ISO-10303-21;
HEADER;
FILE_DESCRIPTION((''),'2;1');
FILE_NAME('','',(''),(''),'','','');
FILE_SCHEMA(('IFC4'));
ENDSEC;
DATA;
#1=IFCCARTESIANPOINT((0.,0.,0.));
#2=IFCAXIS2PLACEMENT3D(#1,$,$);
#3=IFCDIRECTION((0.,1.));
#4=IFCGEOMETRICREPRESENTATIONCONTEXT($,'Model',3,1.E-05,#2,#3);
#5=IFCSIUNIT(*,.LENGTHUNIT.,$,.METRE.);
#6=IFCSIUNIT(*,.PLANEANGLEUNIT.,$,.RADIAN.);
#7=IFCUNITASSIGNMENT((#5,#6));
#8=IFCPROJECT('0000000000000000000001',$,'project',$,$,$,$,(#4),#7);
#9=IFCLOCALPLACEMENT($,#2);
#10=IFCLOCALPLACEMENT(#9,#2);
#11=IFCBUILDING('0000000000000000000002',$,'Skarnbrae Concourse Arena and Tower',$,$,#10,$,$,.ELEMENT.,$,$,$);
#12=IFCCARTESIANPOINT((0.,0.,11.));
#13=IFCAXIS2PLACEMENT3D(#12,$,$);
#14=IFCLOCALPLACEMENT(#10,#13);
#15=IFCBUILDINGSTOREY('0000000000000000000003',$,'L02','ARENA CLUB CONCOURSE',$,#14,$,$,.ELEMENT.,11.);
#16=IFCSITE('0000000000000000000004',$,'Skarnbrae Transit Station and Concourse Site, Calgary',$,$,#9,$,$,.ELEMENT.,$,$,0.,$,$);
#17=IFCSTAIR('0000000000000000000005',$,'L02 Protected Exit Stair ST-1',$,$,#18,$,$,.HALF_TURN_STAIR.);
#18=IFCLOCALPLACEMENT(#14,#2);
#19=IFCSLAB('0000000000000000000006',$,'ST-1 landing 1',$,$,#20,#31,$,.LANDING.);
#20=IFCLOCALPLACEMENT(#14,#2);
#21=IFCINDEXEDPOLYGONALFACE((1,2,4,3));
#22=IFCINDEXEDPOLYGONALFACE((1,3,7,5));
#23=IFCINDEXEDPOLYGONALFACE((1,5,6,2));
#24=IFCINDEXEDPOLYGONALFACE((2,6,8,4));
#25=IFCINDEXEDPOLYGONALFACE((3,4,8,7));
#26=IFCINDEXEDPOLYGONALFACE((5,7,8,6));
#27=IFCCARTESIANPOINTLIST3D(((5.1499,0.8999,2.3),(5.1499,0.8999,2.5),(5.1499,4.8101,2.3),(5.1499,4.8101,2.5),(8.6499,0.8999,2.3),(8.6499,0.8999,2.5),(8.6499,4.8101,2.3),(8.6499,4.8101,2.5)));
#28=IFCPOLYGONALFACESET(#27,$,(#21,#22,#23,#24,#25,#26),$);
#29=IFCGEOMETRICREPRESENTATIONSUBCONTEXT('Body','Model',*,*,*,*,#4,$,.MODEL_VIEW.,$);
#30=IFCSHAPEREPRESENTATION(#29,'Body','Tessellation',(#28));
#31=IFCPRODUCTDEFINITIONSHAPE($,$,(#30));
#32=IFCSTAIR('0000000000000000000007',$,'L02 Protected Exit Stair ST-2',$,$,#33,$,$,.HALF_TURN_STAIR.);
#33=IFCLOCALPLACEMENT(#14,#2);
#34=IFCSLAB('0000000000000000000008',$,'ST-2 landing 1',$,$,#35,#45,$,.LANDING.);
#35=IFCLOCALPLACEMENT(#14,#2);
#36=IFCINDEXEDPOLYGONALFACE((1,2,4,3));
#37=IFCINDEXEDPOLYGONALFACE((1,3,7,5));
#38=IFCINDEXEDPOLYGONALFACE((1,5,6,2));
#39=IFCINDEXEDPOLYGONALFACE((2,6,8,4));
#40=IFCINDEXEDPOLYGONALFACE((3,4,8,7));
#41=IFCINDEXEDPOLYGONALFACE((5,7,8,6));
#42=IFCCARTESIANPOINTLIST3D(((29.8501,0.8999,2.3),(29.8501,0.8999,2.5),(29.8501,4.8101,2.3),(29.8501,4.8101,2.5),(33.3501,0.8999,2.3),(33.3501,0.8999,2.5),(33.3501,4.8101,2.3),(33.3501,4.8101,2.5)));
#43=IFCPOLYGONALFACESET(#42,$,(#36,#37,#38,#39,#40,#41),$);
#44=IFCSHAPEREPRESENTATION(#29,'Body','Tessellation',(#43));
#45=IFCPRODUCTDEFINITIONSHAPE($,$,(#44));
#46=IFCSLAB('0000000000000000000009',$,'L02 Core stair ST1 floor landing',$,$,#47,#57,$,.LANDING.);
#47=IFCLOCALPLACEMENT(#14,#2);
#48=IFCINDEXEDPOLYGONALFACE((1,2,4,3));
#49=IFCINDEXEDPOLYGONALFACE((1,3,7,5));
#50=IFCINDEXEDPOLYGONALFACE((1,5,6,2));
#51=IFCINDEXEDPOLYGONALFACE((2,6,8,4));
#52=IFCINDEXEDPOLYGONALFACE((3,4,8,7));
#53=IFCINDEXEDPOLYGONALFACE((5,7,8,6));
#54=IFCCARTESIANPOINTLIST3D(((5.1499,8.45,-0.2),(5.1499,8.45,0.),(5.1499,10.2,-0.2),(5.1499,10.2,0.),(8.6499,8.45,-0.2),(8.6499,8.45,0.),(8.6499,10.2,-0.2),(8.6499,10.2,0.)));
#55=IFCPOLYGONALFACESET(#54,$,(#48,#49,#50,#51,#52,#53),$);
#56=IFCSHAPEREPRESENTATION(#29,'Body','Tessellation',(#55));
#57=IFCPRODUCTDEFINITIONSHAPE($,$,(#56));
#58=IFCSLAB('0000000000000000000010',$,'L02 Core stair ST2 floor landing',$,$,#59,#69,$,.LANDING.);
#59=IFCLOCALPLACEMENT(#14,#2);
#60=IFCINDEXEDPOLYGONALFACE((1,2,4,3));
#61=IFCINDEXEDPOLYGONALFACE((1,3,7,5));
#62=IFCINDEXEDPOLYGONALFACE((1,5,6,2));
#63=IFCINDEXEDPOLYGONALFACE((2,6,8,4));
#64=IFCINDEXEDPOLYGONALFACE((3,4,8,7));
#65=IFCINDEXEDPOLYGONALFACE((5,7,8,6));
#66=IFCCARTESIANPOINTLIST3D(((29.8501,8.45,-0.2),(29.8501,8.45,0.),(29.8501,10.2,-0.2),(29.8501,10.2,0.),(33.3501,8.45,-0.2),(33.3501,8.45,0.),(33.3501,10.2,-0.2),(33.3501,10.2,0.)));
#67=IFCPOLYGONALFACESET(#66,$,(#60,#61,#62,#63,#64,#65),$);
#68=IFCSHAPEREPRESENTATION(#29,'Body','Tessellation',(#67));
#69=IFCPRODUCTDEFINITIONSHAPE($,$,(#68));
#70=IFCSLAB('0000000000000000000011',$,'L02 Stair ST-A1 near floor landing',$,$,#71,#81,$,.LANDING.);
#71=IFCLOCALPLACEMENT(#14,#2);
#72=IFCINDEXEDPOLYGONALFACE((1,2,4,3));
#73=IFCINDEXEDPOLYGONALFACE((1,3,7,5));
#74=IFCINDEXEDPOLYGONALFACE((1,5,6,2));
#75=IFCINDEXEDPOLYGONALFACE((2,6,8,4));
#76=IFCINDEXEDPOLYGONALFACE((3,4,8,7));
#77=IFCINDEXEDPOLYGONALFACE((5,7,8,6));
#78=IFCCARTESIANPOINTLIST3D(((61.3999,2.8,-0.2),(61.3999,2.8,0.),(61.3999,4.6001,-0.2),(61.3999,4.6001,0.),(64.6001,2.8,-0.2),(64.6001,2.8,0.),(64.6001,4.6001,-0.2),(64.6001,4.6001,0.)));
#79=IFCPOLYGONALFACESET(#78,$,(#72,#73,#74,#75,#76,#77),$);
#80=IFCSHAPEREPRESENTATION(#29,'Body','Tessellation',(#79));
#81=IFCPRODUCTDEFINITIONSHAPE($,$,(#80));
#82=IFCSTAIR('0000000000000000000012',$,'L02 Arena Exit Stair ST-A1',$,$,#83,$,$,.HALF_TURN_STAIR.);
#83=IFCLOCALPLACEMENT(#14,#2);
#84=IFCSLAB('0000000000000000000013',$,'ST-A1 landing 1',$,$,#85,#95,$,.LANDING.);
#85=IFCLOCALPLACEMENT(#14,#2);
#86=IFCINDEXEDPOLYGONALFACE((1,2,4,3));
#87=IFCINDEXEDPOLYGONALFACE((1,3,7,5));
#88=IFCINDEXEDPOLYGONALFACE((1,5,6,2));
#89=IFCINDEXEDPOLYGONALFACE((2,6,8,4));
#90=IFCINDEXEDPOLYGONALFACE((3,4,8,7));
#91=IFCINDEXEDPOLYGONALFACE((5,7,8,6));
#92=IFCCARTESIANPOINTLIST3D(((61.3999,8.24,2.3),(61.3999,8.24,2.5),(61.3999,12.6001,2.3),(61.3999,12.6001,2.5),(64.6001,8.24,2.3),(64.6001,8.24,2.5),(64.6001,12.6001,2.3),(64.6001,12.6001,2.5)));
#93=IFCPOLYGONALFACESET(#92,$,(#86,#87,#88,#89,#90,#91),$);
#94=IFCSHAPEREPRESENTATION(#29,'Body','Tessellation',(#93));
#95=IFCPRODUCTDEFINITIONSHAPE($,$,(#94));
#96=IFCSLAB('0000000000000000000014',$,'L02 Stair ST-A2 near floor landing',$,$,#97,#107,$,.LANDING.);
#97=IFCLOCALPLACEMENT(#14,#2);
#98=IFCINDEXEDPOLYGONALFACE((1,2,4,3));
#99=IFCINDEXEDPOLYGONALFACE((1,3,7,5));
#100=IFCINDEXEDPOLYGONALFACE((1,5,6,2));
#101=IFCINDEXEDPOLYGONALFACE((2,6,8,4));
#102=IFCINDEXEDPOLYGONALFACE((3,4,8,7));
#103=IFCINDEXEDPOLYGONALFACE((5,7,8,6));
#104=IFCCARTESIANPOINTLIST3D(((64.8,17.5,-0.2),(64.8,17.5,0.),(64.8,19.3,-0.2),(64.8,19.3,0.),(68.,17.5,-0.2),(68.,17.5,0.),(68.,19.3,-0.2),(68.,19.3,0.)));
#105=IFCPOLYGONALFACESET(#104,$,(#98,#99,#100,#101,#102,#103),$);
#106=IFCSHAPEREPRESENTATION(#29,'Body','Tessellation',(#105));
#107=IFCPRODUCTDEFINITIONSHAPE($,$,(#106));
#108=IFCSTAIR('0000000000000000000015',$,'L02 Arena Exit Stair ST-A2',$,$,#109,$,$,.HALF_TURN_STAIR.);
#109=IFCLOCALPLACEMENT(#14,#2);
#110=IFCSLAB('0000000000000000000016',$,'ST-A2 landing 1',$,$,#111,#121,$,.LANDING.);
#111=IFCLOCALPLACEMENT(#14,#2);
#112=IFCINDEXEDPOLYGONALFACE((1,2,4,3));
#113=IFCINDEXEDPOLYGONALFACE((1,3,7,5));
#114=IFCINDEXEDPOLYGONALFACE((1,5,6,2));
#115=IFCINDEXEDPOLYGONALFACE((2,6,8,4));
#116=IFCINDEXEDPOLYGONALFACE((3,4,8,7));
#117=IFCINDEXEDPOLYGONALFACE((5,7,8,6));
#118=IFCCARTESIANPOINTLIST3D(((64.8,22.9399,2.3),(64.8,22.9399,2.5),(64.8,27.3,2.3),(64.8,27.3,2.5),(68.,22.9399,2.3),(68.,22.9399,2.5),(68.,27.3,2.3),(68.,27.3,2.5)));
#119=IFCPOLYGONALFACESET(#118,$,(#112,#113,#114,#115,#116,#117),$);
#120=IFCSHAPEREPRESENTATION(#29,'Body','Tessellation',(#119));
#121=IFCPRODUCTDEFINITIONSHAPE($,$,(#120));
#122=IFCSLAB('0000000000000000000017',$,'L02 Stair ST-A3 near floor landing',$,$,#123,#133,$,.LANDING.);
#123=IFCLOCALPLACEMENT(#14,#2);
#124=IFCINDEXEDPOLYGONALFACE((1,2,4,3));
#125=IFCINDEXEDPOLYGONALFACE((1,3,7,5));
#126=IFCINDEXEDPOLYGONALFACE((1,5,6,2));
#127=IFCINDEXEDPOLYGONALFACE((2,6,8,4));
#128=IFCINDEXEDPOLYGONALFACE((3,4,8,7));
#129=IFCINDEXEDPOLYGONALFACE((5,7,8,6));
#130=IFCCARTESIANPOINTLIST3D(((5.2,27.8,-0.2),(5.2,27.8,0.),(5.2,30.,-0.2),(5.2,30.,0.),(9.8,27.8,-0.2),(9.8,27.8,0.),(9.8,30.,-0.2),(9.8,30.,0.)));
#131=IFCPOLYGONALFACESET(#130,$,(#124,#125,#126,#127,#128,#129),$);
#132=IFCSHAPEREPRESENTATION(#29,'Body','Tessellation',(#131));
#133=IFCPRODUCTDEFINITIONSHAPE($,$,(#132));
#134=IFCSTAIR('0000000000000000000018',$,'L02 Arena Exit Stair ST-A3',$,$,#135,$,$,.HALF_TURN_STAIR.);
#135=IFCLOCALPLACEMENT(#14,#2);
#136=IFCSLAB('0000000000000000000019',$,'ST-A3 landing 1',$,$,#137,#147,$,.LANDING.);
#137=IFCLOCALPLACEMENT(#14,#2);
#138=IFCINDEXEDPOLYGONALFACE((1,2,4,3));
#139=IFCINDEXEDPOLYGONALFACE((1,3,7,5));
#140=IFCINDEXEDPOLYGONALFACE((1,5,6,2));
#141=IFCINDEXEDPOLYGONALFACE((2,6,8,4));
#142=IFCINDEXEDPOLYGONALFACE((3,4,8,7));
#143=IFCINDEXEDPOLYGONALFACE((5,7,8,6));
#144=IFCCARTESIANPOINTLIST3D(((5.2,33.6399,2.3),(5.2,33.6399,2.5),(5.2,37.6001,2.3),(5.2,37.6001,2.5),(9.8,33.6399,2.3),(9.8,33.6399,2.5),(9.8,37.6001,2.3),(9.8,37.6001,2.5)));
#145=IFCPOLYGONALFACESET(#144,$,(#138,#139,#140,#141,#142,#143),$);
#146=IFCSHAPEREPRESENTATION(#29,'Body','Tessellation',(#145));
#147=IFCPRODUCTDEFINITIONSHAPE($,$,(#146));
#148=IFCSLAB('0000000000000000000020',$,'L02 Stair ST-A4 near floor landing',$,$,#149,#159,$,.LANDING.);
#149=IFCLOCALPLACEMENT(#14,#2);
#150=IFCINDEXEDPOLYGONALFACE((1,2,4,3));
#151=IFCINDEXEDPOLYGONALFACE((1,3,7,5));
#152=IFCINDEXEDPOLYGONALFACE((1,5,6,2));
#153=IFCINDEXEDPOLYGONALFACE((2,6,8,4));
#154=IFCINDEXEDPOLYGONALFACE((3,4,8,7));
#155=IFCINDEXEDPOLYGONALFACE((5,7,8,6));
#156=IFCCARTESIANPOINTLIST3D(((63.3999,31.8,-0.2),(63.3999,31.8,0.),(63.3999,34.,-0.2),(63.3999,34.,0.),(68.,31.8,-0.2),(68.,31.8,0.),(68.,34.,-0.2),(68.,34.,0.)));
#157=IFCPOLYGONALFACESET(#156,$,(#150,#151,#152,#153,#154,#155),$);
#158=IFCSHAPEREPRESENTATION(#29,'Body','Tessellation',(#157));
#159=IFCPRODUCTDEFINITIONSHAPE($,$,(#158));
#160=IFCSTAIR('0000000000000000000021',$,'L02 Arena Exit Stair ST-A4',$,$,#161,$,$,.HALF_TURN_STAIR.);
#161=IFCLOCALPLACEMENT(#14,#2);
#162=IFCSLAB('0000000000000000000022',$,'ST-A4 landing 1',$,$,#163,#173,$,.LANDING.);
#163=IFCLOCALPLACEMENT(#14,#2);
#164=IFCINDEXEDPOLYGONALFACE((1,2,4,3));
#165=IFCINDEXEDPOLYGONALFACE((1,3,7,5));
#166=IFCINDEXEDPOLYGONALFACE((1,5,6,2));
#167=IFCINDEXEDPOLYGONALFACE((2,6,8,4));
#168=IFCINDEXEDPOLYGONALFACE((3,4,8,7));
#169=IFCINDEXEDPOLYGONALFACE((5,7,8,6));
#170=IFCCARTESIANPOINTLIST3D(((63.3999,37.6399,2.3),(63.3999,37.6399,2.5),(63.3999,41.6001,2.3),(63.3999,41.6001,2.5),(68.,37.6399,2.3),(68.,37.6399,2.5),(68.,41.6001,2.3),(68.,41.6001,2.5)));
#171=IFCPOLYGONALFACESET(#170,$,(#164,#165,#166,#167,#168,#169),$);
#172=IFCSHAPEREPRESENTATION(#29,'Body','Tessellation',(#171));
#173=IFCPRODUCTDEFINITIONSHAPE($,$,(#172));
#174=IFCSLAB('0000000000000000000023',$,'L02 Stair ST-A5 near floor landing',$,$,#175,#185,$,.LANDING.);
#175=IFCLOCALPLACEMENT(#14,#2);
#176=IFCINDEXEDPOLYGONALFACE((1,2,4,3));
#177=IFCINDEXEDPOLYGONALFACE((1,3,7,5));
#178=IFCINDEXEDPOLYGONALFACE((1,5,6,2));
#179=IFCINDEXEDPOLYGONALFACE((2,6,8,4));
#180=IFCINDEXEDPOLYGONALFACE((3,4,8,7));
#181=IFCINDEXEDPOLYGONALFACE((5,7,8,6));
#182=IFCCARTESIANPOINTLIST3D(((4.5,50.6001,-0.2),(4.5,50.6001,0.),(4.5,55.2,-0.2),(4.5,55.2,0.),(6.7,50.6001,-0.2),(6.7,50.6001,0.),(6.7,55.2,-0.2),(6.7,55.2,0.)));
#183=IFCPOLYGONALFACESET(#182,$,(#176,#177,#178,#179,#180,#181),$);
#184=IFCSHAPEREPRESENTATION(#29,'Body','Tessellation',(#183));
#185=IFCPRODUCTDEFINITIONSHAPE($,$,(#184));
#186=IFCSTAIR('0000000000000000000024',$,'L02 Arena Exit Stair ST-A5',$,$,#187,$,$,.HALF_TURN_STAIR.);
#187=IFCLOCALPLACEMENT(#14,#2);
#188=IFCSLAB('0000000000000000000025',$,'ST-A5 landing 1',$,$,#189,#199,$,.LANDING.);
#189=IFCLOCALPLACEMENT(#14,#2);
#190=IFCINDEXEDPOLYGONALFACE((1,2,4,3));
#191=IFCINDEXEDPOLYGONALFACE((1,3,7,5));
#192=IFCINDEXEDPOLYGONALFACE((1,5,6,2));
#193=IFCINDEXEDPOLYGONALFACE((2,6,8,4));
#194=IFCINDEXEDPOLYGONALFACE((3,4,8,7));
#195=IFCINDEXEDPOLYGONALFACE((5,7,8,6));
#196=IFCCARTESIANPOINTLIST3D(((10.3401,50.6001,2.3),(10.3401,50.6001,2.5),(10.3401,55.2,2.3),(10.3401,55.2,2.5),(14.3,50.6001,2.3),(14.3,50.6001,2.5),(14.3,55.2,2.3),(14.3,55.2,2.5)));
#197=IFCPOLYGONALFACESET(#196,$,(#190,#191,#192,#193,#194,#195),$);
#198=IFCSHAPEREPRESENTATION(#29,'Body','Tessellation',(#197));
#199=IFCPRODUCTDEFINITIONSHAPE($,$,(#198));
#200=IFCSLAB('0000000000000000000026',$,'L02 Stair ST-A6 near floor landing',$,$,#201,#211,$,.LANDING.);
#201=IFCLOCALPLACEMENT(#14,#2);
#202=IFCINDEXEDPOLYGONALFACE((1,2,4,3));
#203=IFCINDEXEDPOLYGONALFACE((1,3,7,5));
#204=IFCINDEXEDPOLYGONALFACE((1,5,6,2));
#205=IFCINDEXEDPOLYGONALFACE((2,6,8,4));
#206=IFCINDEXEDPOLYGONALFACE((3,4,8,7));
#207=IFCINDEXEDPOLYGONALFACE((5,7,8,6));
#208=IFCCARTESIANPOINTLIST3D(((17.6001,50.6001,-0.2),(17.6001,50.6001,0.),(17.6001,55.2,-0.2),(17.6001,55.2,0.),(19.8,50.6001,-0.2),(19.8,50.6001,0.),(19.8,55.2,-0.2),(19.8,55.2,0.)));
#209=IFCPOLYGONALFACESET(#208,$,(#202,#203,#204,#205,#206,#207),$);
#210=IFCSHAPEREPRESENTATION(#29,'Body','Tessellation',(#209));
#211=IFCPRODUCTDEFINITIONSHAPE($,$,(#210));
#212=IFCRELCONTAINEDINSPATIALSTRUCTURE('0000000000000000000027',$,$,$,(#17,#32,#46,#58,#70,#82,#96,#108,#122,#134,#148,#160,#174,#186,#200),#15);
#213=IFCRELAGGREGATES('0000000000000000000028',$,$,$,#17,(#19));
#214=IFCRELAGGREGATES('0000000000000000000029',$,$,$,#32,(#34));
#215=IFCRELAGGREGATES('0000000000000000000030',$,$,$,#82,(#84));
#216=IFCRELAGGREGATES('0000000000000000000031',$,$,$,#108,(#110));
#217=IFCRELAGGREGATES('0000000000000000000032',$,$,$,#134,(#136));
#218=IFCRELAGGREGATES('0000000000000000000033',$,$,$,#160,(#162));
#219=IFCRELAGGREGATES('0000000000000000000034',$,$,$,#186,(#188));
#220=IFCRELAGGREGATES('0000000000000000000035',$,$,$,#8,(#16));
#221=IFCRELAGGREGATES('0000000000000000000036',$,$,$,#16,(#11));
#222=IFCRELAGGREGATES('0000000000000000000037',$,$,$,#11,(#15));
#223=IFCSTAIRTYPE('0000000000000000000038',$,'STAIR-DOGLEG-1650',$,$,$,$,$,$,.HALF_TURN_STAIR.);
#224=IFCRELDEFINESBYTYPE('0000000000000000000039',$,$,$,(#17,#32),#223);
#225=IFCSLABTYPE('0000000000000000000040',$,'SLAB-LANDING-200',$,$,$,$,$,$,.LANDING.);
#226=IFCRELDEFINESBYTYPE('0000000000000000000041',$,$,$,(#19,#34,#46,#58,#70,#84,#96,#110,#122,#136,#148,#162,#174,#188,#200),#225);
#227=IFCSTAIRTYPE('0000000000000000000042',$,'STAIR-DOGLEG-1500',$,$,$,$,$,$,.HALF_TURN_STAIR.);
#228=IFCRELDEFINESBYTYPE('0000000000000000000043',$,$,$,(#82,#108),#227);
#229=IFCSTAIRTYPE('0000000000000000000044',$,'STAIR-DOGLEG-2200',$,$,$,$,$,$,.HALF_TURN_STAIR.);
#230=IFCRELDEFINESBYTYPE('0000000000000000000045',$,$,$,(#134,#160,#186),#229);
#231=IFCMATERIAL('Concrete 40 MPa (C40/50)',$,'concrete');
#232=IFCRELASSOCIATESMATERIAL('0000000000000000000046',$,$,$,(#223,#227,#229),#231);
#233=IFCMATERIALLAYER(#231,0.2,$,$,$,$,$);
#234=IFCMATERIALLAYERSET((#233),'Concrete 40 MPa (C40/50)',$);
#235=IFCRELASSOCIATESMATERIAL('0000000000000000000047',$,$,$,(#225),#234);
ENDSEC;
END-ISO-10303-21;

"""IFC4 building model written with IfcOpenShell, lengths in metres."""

from ifc_helpers import new_model, si_unit, direction, frame, origin, place, context, subcontext, project, spatial, polyline, outline, extrude, material, layer, layer_set, type_object, element, aggregate, save


model = new_model("IFC4")

# Units and contexts
model_context = context("Model", 3, precision=1e-05, world=origin(), true_north=direction((0.0, 1.0)))
body_context = subcontext(model_context, "Body", "Model", "MODEL_VIEW")
ifc_project = project(units=[si_unit("LENGTHUNIT", "METRE"), si_unit("PLANEANGLEUNIT", "RADIAN")], contexts=[model_context])

# Site, building, storey
site_placement = place(None, origin())
site = spatial("IfcSite", under=ifc_project, at=site_placement, Name="Skarnbrae Transit Station and Concourse Site, Calgary", CompositionType="ELEMENT", RefElevation=0.0)
building_placement = place(site_placement, origin())
building = spatial("IfcBuilding", under=site, at=building_placement, Name="Skarnbrae Concourse Arena and Tower", CompositionType="ELEMENT")
storey_placement = place(building_placement, frame((0.0, 0.0, 11.0)))
storey = spatial("IfcBuildingStorey", under=building, at=storey_placement, Name="L02", Description="ARENA CLUB CONCOURSE", CompositionType="ELEMENT", Elevation=11.0)

# Stairs, slabs
ifc_material = material(Name="Concrete 40 MPa (C40/50)", Category="concrete")
stair_type_1 = type_object("IfcStairType", Name="STAIR-DOGLEG-1650", PredefinedType="HALF_TURN_STAIR", material=ifc_material)
stair_1_placement = place(storey_placement, origin())
stair_1 = element("IfcStair", 1, at=stair_1_placement, inside=storey, type_object=stair_type_1, Name="L02 Protected Exit Stair ST-1", PredefinedType="HALF_TURN_STAIR")
ifc_layer_1 = layer(ifc_material, 0.2)
ifc_layer_set_1 = layer_set([ifc_layer_1], Name="Concrete 40 MPa (C40/50)")
slab_type_1 = type_object("IfcSlabType", Name="SLAB-LANDING-200", PredefinedType="LANDING", material=ifc_layer_set_1)
slab_1_placement = place(storey_placement, frame((0.0, 0.0, 2.3)))
slab_1 = element("IfcSlab", 2, at=slab_1_placement, type_object=slab_type_1, Name="ST-1 landing 1", PredefinedType="LANDING", context=body_context, shape_type="SweptSolid", body=[
    extrude(outline(polyline([(5.1499, 4.8101), (5.1499, 0.8999), (8.6499, 0.8999), (8.6499, 4.8101), (5.1499, 4.8101)])), origin(), (0.0, 0.0, 1.0), 0.2),
])
aggregate(stair_1, [slab_1])
stair_2_placement = place(storey_placement, origin())
stair_2 = element("IfcStair", 3, at=stair_2_placement, inside=storey, type_object=stair_type_1, Name="L02 Protected Exit Stair ST-2", PredefinedType="HALF_TURN_STAIR")
slab_2_placement = place(storey_placement, frame((0.0, 0.0, 2.3)))
slab_2 = element("IfcSlab", 4, at=slab_2_placement, type_object=slab_type_1, Name="ST-2 landing 1", PredefinedType="LANDING", context=body_context, shape_type="SweptSolid", body=[
    extrude(outline(polyline([(29.8501, 4.8101), (29.8501, 0.8999), (33.3501, 0.8999), (33.3501, 4.8101), (29.8501, 4.8101)])), origin(), (0.0, 0.0, 1.0), 0.2),
])
aggregate(stair_2, [slab_2])

# Slabs
slab_3_placement = place(storey_placement, frame((0.0, 0.0, -0.2)))
element("IfcSlab", 5, at=slab_3_placement, inside=storey, type_object=slab_type_1, Name="L02 Core stair ST1 floor landing", PredefinedType="LANDING", context=body_context, shape_type="SweptSolid", body=[
    extrude(outline(polyline([(5.1499, 10.2), (5.1499, 8.45), (8.6499, 8.45), (8.6499, 10.2), (5.1499, 10.2)])), origin(), (0.0, 0.0, 1.0), 0.2),
])
slab_4_placement = place(storey_placement, frame((0.0, 0.0, -0.2)))
element("IfcSlab", 6, at=slab_4_placement, inside=storey, type_object=slab_type_1, Name="L02 Core stair ST2 floor landing", PredefinedType="LANDING", context=body_context, shape_type="SweptSolid", body=[
    extrude(outline(polyline([(29.8501, 10.2), (29.8501, 8.45), (33.3501, 8.45), (33.3501, 10.2), (29.8501, 10.2)])), origin(), (0.0, 0.0, 1.0), 0.2),
])
slab_5_placement = place(storey_placement, frame((0.0, 0.0, -0.2)))
element("IfcSlab", 7, at=slab_5_placement, inside=storey, type_object=slab_type_1, Name="L02 Stair ST-A1 near floor landing", PredefinedType="LANDING", context=body_context, shape_type="SweptSolid", body=[
    extrude(outline(polyline([(64.6001, 2.8), (64.6001, 4.6001), (61.3999, 4.6001), (61.3999, 2.8), (64.6001, 2.8)])), origin(), (0.0, 0.0, 1.0), 0.2),
])

# Stair, slab
stair_type_2 = type_object("IfcStairType", Name="STAIR-DOGLEG-1500", PredefinedType="HALF_TURN_STAIR", material=ifc_material)
stair_3_placement = place(storey_placement, origin())
stair_3 = element("IfcStair", 8, at=stair_3_placement, inside=storey, type_object=stair_type_2, Name="L02 Arena Exit Stair ST-A1", PredefinedType="HALF_TURN_STAIR")
slab_6_placement = place(storey_placement, frame((0.0, 0.0, 2.3)))
slab_6 = element("IfcSlab", 9, at=slab_6_placement, type_object=slab_type_1, Name="ST-A1 landing 1", PredefinedType="LANDING", context=body_context, shape_type="SweptSolid", body=[
    extrude(outline(polyline([(64.6001, 8.24), (64.6001, 12.6001), (61.3999, 12.6001), (61.3999, 8.24), (64.6001, 8.24)])), origin(), (0.0, 0.0, 1.0), 0.2),
])
aggregate(stair_3, [slab_6])

# Slab
slab_7_placement = place(storey_placement, frame((0.0, 0.0, -0.2)))
element("IfcSlab", 10, at=slab_7_placement, inside=storey, type_object=slab_type_1, Name="L02 Stair ST-A2 near floor landing", PredefinedType="LANDING", context=body_context, shape_type="SweptSolid", body=[
    extrude(outline(polyline([(68.0, 17.5), (68.0, 19.3), (64.8, 19.3), (64.8, 17.5), (68.0, 17.5)])), origin(), (0.0, 0.0, 1.0), 0.2),
])

# Stair, slab
stair_4_placement = place(storey_placement, origin())
stair_4 = element("IfcStair", 11, at=stair_4_placement, inside=storey, type_object=stair_type_2, Name="L02 Arena Exit Stair ST-A2", PredefinedType="HALF_TURN_STAIR")
slab_8_placement = place(storey_placement, frame((0.0, 0.0, 2.3)))
slab_8 = element("IfcSlab", 12, at=slab_8_placement, type_object=slab_type_1, Name="ST-A2 landing 1", PredefinedType="LANDING", context=body_context, shape_type="SweptSolid", body=[
    extrude(outline(polyline([(68.0, 22.9399), (68.0, 27.3), (64.8, 27.3), (64.8, 22.9399), (68.0, 22.9399)])), origin(), (0.0, 0.0, 1.0), 0.2),
])
aggregate(stair_4, [slab_8])

# Slab
slab_9_placement = place(storey_placement, frame((0.0, 0.0, -0.2)))
element("IfcSlab", 13, at=slab_9_placement, inside=storey, type_object=slab_type_1, Name="L02 Stair ST-A3 near floor landing", PredefinedType="LANDING", context=body_context, shape_type="SweptSolid", body=[
    extrude(outline(polyline([(9.8, 27.8), (9.8, 30.0), (5.2, 30.0), (5.2, 27.8), (9.8, 27.8)])), origin(), (0.0, 0.0, 1.0), 0.2),
])

# Stair, slab
stair_type_3 = type_object("IfcStairType", Name="STAIR-DOGLEG-2200", PredefinedType="HALF_TURN_STAIR", material=ifc_material)
stair_5_placement = place(storey_placement, origin())
stair_5 = element("IfcStair", 14, at=stair_5_placement, inside=storey, type_object=stair_type_3, Name="L02 Arena Exit Stair ST-A3", PredefinedType="HALF_TURN_STAIR")
slab_10_placement = place(storey_placement, frame((0.0, 0.0, 2.3)))
slab_10 = element("IfcSlab", 15, at=slab_10_placement, type_object=slab_type_1, Name="ST-A3 landing 1", PredefinedType="LANDING", context=body_context, shape_type="SweptSolid", body=[
    extrude(outline(polyline([(9.8, 33.6399), (9.8, 37.6001), (5.2, 37.6001), (5.2, 33.6399), (9.8, 33.6399)])), origin(), (0.0, 0.0, 1.0), 0.2),
])
aggregate(stair_5, [slab_10])

# Slab
slab_11_placement = place(storey_placement, frame((0.0, 0.0, -0.2)))
element("IfcSlab", 16, at=slab_11_placement, inside=storey, type_object=slab_type_1, Name="L02 Stair ST-A4 near floor landing", PredefinedType="LANDING", context=body_context, shape_type="SweptSolid", body=[
    extrude(outline(polyline([(68.0, 31.8), (68.0, 34.0), (63.3999, 34.0), (63.3999, 31.8), (68.0, 31.8)])), origin(), (0.0, 0.0, 1.0), 0.2),
])

# Stair, slab
stair_6_placement = place(storey_placement, origin())
stair_6 = element("IfcStair", 17, at=stair_6_placement, inside=storey, type_object=stair_type_3, Name="L02 Arena Exit Stair ST-A4", PredefinedType="HALF_TURN_STAIR")
slab_12_placement = place(storey_placement, frame((0.0, 0.0, 2.3)))
slab_12 = element("IfcSlab", 18, at=slab_12_placement, type_object=slab_type_1, Name="ST-A4 landing 1", PredefinedType="LANDING", context=body_context, shape_type="SweptSolid", body=[
    extrude(outline(polyline([(68.0, 37.6399), (68.0, 41.6001), (63.3999, 41.6001), (63.3999, 37.6399), (68.0, 37.6399)])), origin(), (0.0, 0.0, 1.0), 0.2),
])
aggregate(stair_6, [slab_12])

# Slab
slab_13_placement = place(storey_placement, frame((0.0, 0.0, -0.2)))
element("IfcSlab", 19, at=slab_13_placement, inside=storey, type_object=slab_type_1, Name="L02 Stair ST-A5 near floor landing", PredefinedType="LANDING", context=body_context, shape_type="SweptSolid", body=[
    extrude(outline(polyline([(4.5, 50.6001), (6.7, 50.6001), (6.7, 55.2), (4.5, 55.2), (4.5, 50.6001)])), origin(), (0.0, 0.0, 1.0), 0.2),
])

# Stair, slab
stair_7_placement = place(storey_placement, origin())
stair_7 = element("IfcStair", 20, at=stair_7_placement, inside=storey, type_object=stair_type_3, Name="L02 Arena Exit Stair ST-A5", PredefinedType="HALF_TURN_STAIR")
slab_14_placement = place(storey_placement, frame((0.0, 0.0, 2.3)))
slab_14 = element("IfcSlab", 21, at=slab_14_placement, type_object=slab_type_1, Name="ST-A5 landing 1", PredefinedType="LANDING", context=body_context, shape_type="SweptSolid", body=[
    extrude(outline(polyline([(10.3401, 50.6001), (14.3, 50.6001), (14.3, 55.2), (10.3401, 55.2), (10.3401, 50.6001)])), origin(), (0.0, 0.0, 1.0), 0.2),
])
aggregate(stair_7, [slab_14])

# Slab
slab_15_placement = place(storey_placement, frame((0.0, 0.0, -0.2)))
element("IfcSlab", 22, at=slab_15_placement, inside=storey, type_object=slab_type_1, Name="L02 Stair ST-A6 near floor landing", PredefinedType="LANDING", context=body_context, shape_type="SweptSolid", body=[
    extrude(outline(polyline([(17.6001, 50.6001), (19.8, 50.6001), (19.8, 55.2), (17.6001, 55.2), (17.6001, 50.6001)])), origin(), (0.0, 0.0, 1.0), 0.2),
])

save(model, "model.ifc")
